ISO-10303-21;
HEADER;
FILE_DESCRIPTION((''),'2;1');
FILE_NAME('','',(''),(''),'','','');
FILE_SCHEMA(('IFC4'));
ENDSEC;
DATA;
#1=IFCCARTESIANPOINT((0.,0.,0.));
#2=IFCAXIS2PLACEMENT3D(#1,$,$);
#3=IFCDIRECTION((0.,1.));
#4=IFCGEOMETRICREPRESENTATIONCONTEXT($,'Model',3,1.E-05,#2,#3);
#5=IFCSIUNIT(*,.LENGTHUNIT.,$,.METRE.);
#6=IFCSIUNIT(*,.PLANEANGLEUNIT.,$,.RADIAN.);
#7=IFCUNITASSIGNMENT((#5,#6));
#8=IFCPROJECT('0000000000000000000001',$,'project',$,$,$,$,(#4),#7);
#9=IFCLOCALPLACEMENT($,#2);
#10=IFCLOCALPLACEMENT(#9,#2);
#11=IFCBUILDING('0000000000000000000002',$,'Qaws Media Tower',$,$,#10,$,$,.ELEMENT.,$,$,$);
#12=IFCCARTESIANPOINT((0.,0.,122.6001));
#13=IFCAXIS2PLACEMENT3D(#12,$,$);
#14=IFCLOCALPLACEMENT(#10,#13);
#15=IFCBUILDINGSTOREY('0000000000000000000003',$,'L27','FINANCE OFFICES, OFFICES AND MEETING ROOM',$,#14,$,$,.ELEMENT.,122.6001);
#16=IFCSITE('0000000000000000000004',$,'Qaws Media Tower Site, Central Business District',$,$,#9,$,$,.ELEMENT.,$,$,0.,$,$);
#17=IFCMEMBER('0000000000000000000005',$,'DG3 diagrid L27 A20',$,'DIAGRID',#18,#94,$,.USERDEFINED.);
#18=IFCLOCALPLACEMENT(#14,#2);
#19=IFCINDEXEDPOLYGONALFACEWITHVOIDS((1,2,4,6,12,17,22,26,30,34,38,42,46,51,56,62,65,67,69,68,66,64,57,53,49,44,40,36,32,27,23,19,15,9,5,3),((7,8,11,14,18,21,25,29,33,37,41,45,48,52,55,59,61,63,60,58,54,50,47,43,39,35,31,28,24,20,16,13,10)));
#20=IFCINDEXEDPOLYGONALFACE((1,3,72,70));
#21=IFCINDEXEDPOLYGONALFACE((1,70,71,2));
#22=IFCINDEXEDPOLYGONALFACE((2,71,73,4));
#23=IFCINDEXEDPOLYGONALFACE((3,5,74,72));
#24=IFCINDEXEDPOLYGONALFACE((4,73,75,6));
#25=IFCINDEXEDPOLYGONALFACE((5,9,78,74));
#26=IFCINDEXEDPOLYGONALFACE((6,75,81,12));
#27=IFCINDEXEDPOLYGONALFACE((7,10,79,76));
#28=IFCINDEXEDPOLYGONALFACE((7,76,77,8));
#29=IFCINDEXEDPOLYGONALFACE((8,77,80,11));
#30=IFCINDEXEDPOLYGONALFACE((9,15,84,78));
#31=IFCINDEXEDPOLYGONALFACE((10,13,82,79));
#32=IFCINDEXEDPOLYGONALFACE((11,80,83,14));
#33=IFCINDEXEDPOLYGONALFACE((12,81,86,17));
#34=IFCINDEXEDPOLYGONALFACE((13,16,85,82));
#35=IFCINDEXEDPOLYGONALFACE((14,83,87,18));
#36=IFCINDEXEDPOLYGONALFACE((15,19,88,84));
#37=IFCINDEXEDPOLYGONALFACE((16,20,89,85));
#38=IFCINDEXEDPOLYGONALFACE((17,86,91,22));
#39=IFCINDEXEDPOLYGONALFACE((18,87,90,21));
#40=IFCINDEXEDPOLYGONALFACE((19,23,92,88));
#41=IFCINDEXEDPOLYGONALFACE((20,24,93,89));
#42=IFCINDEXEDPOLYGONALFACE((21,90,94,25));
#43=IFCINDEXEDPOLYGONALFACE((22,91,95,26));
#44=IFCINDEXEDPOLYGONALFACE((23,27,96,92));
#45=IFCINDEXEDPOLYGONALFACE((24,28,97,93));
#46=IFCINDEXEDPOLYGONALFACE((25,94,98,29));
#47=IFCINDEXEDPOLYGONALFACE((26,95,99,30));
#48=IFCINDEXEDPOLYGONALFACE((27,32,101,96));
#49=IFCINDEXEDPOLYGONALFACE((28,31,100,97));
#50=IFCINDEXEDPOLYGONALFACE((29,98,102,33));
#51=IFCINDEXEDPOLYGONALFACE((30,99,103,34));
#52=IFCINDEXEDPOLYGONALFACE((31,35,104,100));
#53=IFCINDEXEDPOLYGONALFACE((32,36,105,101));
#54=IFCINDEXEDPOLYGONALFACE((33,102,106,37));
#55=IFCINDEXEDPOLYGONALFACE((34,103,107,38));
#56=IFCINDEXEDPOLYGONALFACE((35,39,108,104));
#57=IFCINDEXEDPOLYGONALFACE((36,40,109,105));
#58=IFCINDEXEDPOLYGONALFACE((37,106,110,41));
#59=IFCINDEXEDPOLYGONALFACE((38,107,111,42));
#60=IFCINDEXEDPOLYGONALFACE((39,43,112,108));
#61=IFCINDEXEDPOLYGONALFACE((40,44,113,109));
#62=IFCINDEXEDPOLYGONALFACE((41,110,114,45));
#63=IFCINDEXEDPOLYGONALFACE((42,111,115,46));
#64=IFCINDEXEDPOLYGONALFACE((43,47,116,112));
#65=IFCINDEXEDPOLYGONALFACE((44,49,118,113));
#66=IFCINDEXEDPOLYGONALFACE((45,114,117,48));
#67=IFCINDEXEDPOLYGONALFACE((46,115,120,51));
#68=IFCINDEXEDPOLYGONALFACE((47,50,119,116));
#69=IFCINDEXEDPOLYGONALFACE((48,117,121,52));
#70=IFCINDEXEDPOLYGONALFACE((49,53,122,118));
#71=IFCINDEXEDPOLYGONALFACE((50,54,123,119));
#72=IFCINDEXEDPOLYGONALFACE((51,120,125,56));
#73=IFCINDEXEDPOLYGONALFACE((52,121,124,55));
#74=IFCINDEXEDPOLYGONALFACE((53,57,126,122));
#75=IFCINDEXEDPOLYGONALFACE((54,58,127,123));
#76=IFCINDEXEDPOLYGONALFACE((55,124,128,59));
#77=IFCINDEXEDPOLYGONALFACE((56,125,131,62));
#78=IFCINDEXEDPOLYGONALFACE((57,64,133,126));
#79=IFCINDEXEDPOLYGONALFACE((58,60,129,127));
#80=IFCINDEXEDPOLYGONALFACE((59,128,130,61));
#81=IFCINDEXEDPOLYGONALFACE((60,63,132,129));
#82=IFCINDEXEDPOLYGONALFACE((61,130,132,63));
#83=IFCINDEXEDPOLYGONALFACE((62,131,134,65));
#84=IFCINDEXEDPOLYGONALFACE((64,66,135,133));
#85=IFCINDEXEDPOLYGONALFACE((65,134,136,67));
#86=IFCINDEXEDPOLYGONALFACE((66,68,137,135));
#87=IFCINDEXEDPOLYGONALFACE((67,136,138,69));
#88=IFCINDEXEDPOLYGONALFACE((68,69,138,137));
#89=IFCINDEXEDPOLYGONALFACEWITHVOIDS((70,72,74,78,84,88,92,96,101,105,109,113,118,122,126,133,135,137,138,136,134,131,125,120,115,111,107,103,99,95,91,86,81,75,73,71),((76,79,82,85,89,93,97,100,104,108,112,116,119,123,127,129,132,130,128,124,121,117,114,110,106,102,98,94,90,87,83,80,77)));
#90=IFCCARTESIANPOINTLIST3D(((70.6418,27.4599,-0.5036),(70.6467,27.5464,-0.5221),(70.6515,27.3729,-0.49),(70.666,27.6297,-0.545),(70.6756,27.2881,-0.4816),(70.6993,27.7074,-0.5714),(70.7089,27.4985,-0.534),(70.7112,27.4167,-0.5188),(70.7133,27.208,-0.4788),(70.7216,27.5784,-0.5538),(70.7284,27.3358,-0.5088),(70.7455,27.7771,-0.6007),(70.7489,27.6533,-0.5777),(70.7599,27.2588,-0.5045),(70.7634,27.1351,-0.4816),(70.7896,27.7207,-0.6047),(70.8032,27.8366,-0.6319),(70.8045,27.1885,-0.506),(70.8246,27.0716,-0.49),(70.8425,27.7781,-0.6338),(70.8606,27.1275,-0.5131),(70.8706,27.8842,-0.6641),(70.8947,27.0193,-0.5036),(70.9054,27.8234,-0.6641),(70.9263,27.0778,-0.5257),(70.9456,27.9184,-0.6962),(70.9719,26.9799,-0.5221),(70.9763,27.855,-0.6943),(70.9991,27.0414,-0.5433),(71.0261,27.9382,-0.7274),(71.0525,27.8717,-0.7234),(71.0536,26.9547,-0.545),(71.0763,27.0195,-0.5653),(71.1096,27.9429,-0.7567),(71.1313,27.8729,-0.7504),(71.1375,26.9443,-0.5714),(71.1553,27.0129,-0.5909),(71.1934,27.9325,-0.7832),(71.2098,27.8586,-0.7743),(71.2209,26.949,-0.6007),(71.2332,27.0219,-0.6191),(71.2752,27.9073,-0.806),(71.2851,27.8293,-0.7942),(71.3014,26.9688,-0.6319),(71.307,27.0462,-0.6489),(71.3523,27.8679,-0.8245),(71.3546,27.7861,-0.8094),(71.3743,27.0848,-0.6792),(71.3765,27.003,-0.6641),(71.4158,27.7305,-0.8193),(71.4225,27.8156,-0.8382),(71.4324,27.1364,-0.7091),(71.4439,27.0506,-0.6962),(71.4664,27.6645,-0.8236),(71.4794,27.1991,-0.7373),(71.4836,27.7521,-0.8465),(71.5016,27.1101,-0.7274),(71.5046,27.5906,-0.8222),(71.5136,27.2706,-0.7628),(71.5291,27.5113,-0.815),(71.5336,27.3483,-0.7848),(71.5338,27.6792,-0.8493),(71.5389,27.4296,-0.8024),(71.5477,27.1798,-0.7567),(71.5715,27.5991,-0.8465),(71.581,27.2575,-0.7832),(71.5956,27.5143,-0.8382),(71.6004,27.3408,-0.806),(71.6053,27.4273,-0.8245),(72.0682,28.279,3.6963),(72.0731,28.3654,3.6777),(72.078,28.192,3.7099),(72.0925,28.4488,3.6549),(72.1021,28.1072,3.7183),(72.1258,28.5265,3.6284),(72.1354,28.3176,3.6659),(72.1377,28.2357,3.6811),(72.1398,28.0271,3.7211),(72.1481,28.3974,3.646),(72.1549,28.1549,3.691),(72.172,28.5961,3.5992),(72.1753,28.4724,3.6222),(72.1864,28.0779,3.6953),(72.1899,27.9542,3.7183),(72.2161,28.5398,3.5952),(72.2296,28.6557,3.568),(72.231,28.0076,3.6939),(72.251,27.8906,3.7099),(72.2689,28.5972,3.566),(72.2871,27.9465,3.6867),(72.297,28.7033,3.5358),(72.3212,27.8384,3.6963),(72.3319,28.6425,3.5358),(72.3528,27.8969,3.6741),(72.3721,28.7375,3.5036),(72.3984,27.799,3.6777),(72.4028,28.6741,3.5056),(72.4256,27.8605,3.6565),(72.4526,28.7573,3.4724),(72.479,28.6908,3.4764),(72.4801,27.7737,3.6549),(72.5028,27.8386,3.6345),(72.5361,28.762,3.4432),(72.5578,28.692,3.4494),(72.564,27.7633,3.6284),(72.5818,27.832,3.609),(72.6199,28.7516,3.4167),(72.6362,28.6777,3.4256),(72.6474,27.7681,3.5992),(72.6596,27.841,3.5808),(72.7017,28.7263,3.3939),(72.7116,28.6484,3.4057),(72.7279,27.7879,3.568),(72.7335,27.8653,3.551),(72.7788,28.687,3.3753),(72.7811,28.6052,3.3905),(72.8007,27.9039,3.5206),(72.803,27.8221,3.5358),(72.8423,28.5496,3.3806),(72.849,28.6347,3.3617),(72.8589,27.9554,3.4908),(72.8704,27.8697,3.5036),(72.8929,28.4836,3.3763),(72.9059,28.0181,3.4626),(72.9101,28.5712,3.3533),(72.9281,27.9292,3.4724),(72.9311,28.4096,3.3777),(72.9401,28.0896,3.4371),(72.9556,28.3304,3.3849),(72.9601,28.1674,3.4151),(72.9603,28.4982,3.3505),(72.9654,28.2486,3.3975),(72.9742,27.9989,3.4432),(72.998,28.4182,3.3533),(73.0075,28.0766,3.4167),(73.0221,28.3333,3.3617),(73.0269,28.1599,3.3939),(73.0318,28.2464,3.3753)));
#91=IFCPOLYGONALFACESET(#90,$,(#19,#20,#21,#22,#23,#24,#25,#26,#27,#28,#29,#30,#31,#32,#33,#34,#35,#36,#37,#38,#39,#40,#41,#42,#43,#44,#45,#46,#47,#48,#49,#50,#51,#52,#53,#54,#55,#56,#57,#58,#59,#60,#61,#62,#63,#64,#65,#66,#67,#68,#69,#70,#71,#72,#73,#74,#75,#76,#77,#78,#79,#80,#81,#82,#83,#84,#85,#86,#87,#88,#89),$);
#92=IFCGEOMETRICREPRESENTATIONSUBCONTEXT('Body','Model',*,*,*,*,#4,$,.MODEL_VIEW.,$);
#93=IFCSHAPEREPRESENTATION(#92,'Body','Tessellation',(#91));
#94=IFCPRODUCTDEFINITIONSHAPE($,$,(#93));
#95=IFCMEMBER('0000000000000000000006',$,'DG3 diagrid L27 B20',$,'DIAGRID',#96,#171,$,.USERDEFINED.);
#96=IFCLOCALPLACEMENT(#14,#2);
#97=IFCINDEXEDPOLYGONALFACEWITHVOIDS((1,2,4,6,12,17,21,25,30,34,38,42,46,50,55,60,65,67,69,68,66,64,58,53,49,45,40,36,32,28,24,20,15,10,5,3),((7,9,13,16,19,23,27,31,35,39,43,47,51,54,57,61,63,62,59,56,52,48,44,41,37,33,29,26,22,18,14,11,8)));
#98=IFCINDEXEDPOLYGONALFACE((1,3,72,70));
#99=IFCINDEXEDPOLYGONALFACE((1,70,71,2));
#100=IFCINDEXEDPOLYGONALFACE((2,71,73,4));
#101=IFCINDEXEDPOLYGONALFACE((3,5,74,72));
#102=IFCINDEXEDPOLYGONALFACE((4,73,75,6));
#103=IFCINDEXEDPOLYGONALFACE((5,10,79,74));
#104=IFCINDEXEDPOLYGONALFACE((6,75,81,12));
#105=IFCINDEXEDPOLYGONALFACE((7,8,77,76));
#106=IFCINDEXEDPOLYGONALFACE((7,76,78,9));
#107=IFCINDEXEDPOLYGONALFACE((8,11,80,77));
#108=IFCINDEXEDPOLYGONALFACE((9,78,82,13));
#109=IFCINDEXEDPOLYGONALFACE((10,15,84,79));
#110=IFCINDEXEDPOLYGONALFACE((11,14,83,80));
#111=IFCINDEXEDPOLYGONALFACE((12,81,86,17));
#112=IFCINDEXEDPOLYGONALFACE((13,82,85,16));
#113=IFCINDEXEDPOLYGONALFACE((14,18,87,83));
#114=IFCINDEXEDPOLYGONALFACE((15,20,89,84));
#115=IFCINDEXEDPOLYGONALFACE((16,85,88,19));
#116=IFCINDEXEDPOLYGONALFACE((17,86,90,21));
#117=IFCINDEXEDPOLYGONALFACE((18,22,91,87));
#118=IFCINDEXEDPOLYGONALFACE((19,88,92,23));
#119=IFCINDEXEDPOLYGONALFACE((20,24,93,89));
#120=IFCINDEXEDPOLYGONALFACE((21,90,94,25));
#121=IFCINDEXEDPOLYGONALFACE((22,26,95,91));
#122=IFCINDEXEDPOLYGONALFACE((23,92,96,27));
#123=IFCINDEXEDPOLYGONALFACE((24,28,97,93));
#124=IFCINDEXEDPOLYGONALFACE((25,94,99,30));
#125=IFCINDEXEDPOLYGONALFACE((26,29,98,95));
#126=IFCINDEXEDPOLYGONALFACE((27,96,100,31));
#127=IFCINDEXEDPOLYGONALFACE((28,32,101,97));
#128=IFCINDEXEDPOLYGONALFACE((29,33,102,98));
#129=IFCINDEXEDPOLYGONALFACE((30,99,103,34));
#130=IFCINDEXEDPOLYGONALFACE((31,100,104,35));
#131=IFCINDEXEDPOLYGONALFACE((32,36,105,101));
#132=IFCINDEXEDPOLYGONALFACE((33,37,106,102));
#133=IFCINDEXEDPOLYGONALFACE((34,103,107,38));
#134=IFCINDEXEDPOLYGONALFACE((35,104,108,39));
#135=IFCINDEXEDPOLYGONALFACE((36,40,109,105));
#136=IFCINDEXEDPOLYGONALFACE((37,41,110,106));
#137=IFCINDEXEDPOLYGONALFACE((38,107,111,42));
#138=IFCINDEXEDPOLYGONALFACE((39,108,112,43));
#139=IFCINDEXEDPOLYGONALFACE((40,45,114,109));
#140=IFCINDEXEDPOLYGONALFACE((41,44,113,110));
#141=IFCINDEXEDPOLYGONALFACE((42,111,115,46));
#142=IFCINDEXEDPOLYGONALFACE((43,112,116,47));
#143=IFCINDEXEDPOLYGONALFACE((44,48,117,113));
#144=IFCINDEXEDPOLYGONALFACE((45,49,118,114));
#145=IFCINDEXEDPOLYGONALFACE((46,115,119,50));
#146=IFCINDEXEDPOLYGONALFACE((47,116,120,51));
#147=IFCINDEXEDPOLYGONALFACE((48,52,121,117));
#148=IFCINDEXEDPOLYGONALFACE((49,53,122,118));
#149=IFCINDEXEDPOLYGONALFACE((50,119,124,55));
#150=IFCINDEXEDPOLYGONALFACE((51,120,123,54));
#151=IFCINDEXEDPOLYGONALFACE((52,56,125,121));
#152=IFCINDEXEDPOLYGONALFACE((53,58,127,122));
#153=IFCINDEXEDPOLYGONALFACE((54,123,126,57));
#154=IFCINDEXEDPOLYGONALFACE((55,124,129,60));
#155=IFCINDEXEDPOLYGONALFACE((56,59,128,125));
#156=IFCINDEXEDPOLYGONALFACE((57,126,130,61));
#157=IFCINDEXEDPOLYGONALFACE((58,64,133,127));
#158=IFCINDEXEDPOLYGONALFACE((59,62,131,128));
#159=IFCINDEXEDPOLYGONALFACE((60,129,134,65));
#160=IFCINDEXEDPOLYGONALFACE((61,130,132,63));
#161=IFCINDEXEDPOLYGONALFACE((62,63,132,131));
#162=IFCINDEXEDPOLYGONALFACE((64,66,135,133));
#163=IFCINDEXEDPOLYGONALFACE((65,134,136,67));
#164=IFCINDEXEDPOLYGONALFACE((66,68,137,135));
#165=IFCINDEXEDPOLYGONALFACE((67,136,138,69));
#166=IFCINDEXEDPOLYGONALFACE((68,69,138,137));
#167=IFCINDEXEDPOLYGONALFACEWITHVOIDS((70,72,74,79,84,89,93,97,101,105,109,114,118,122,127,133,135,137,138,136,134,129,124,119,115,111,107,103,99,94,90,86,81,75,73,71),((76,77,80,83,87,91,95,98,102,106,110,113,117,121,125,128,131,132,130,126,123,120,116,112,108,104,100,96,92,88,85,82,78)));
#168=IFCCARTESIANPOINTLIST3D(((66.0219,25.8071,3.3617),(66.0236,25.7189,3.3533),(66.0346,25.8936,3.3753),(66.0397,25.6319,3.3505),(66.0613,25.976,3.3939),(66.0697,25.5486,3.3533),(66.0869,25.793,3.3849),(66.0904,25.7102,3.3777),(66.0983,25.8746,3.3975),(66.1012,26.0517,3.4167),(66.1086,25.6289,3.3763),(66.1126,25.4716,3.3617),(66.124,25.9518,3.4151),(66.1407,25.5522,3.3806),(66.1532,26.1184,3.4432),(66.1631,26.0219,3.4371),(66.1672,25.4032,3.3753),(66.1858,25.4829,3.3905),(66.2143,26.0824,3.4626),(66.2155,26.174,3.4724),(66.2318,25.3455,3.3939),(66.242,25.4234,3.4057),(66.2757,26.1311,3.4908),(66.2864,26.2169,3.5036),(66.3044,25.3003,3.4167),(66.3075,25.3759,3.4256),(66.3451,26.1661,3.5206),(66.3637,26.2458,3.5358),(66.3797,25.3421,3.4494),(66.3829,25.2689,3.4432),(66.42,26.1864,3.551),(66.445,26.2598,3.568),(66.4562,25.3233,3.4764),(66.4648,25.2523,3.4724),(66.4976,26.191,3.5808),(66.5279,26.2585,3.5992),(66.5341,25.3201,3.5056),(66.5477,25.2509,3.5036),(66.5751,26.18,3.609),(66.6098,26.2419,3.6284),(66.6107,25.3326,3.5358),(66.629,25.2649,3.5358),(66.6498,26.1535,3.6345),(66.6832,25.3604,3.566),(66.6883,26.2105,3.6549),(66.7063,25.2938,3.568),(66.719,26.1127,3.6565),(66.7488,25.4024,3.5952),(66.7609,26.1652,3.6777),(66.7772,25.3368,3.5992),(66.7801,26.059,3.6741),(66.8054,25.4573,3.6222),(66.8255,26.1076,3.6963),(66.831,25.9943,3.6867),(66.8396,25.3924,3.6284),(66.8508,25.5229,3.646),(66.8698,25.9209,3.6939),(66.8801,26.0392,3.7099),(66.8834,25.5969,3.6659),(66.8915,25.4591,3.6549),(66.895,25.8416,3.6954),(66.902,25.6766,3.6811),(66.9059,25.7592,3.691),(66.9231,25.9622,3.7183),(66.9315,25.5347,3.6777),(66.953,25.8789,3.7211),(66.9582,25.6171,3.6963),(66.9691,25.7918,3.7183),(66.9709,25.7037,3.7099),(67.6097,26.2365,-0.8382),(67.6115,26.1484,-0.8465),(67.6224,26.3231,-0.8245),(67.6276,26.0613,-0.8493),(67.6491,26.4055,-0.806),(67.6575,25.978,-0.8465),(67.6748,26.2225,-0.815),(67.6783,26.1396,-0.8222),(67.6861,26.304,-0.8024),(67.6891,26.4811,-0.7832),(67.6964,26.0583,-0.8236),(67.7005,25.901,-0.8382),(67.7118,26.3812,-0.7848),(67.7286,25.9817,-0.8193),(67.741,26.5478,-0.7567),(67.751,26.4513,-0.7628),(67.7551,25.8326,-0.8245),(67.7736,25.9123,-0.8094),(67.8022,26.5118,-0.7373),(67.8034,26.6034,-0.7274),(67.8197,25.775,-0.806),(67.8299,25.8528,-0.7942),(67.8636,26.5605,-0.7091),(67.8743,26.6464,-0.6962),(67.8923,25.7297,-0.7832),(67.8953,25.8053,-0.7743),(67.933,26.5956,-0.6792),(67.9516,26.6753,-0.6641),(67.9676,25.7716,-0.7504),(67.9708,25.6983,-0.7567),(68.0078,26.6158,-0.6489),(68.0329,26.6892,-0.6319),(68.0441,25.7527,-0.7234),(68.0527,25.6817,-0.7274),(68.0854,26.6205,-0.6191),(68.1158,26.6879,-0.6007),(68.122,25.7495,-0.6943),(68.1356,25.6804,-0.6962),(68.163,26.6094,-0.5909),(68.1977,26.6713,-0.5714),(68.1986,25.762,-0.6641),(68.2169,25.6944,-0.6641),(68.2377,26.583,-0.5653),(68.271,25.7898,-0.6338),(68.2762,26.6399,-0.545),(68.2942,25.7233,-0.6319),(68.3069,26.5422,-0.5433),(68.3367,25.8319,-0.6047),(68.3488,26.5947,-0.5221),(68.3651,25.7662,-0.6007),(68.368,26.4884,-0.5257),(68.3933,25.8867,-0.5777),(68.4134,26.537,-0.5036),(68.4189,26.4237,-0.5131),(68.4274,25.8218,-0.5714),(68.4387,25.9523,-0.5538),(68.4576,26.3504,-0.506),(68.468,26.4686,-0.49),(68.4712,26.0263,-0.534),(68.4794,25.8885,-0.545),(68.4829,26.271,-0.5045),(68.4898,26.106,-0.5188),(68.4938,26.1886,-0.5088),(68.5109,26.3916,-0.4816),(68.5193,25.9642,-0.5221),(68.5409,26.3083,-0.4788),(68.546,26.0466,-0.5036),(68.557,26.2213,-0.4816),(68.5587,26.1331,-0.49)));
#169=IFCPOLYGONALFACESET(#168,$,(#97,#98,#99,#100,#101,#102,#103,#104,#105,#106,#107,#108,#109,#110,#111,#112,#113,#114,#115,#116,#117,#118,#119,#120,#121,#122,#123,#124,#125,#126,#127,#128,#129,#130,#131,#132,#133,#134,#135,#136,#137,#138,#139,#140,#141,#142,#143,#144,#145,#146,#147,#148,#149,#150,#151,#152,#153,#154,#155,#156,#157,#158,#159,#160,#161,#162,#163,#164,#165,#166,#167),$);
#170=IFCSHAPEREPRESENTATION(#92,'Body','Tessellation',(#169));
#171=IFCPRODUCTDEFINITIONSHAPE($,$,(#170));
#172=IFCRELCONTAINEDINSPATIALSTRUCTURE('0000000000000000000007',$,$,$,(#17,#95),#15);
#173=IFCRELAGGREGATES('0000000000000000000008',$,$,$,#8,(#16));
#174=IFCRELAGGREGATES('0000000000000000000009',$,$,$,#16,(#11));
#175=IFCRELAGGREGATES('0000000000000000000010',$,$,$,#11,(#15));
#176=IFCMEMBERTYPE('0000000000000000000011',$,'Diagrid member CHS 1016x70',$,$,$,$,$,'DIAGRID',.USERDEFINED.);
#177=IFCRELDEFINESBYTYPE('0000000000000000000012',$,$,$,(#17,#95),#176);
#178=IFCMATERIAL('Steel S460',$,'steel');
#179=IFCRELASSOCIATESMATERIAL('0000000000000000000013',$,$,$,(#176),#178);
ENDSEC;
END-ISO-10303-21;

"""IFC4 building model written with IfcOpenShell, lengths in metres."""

from ifc_helpers import new_model, si_unit, direction, frame, origin, origin_2d, place, context, subcontext, project, spatial, hollow_circle, extrude, material, material_profile, profile_set, type_object, element, save


model = new_model("IFC4")

# Units and contexts
model_context = context("Model", 3, precision=1e-05, world=origin(), true_north=direction((0.0, 1.0)))
body_context = subcontext(model_context, "Body", "Model", "MODEL_VIEW")
ifc_project = project(units=[si_unit("LENGTHUNIT", "METRE"), si_unit("PLANEANGLEUNIT", "RADIAN")], contexts=[model_context])

# Site, building, storey
site_placement = place(None, origin())
site = spatial("IfcSite", under=ifc_project, at=site_placement, Name="Qaws Media Tower Site, Central Business District", CompositionType="ELEMENT", RefElevation=0.0)
building_placement = place(site_placement, origin())
building = spatial("IfcBuilding", under=site, at=building_placement, Name="Qaws Media Tower", CompositionType="ELEMENT")
storey_placement = place(building_placement, frame((0.0, 0.0, 122.6001)))
storey = spatial("IfcBuildingStorey", under=building, at=storey_placement, Name="L27", Description="FINANCE OFFICES, OFFICES AND MEETING ROOM", CompositionType="ELEMENT", Elevation=122.6001)

# Members
ifc_material_1 = material(Name="Steel S460", Category="steel")
ifc_material_profile_1 = material_profile(ifc_material_1, hollow_circle(Radius=0.5081, WallThickness=0.0701, at=origin_2d()), Name="CHS 1016x70")
ifc_profile_set_1 = profile_set([ifc_material_profile_1], Name="Steel S460")
member_type_1 = type_object("IfcMemberType", Name="Diagrid member CHS 1016x70", ElementType="DIAGRID", PredefinedType="USERDEFINED", material=ifc_profile_set_1)
for number, where, z_axis, x_axis, name in (
    (1, (71.1235, 27.4436, -0.6641), (0.316259, 0.181593, 0.931131), (-0.497944, 0.867209, 0.0), "DG3 diagrid L27 A20"),
    (2, (68.0842, 26.1848, -0.6641), (-0.352036, -0.095208, 0.931132), (0.26107, -0.96532, 0.0), "DG3 diagrid L27 B20"),
):
    element("IfcMember", number, at=place(storey_placement, frame(where, z_axis=z_axis, x_axis=x_axis)), inside=storey, type_object=member_type_1, Name=name, ObjectType="DIAGRID", PredefinedType="USERDEFINED", context=body_context, shape_type="SweptSolid", body=[
        extrude(hollow_circle(Radius=0.5081, WallThickness=0.0701, at=origin_2d()), origin(), (0.0, 0.0, 1.0), 4.5105),
    ])

save(model, "model.ifc")
